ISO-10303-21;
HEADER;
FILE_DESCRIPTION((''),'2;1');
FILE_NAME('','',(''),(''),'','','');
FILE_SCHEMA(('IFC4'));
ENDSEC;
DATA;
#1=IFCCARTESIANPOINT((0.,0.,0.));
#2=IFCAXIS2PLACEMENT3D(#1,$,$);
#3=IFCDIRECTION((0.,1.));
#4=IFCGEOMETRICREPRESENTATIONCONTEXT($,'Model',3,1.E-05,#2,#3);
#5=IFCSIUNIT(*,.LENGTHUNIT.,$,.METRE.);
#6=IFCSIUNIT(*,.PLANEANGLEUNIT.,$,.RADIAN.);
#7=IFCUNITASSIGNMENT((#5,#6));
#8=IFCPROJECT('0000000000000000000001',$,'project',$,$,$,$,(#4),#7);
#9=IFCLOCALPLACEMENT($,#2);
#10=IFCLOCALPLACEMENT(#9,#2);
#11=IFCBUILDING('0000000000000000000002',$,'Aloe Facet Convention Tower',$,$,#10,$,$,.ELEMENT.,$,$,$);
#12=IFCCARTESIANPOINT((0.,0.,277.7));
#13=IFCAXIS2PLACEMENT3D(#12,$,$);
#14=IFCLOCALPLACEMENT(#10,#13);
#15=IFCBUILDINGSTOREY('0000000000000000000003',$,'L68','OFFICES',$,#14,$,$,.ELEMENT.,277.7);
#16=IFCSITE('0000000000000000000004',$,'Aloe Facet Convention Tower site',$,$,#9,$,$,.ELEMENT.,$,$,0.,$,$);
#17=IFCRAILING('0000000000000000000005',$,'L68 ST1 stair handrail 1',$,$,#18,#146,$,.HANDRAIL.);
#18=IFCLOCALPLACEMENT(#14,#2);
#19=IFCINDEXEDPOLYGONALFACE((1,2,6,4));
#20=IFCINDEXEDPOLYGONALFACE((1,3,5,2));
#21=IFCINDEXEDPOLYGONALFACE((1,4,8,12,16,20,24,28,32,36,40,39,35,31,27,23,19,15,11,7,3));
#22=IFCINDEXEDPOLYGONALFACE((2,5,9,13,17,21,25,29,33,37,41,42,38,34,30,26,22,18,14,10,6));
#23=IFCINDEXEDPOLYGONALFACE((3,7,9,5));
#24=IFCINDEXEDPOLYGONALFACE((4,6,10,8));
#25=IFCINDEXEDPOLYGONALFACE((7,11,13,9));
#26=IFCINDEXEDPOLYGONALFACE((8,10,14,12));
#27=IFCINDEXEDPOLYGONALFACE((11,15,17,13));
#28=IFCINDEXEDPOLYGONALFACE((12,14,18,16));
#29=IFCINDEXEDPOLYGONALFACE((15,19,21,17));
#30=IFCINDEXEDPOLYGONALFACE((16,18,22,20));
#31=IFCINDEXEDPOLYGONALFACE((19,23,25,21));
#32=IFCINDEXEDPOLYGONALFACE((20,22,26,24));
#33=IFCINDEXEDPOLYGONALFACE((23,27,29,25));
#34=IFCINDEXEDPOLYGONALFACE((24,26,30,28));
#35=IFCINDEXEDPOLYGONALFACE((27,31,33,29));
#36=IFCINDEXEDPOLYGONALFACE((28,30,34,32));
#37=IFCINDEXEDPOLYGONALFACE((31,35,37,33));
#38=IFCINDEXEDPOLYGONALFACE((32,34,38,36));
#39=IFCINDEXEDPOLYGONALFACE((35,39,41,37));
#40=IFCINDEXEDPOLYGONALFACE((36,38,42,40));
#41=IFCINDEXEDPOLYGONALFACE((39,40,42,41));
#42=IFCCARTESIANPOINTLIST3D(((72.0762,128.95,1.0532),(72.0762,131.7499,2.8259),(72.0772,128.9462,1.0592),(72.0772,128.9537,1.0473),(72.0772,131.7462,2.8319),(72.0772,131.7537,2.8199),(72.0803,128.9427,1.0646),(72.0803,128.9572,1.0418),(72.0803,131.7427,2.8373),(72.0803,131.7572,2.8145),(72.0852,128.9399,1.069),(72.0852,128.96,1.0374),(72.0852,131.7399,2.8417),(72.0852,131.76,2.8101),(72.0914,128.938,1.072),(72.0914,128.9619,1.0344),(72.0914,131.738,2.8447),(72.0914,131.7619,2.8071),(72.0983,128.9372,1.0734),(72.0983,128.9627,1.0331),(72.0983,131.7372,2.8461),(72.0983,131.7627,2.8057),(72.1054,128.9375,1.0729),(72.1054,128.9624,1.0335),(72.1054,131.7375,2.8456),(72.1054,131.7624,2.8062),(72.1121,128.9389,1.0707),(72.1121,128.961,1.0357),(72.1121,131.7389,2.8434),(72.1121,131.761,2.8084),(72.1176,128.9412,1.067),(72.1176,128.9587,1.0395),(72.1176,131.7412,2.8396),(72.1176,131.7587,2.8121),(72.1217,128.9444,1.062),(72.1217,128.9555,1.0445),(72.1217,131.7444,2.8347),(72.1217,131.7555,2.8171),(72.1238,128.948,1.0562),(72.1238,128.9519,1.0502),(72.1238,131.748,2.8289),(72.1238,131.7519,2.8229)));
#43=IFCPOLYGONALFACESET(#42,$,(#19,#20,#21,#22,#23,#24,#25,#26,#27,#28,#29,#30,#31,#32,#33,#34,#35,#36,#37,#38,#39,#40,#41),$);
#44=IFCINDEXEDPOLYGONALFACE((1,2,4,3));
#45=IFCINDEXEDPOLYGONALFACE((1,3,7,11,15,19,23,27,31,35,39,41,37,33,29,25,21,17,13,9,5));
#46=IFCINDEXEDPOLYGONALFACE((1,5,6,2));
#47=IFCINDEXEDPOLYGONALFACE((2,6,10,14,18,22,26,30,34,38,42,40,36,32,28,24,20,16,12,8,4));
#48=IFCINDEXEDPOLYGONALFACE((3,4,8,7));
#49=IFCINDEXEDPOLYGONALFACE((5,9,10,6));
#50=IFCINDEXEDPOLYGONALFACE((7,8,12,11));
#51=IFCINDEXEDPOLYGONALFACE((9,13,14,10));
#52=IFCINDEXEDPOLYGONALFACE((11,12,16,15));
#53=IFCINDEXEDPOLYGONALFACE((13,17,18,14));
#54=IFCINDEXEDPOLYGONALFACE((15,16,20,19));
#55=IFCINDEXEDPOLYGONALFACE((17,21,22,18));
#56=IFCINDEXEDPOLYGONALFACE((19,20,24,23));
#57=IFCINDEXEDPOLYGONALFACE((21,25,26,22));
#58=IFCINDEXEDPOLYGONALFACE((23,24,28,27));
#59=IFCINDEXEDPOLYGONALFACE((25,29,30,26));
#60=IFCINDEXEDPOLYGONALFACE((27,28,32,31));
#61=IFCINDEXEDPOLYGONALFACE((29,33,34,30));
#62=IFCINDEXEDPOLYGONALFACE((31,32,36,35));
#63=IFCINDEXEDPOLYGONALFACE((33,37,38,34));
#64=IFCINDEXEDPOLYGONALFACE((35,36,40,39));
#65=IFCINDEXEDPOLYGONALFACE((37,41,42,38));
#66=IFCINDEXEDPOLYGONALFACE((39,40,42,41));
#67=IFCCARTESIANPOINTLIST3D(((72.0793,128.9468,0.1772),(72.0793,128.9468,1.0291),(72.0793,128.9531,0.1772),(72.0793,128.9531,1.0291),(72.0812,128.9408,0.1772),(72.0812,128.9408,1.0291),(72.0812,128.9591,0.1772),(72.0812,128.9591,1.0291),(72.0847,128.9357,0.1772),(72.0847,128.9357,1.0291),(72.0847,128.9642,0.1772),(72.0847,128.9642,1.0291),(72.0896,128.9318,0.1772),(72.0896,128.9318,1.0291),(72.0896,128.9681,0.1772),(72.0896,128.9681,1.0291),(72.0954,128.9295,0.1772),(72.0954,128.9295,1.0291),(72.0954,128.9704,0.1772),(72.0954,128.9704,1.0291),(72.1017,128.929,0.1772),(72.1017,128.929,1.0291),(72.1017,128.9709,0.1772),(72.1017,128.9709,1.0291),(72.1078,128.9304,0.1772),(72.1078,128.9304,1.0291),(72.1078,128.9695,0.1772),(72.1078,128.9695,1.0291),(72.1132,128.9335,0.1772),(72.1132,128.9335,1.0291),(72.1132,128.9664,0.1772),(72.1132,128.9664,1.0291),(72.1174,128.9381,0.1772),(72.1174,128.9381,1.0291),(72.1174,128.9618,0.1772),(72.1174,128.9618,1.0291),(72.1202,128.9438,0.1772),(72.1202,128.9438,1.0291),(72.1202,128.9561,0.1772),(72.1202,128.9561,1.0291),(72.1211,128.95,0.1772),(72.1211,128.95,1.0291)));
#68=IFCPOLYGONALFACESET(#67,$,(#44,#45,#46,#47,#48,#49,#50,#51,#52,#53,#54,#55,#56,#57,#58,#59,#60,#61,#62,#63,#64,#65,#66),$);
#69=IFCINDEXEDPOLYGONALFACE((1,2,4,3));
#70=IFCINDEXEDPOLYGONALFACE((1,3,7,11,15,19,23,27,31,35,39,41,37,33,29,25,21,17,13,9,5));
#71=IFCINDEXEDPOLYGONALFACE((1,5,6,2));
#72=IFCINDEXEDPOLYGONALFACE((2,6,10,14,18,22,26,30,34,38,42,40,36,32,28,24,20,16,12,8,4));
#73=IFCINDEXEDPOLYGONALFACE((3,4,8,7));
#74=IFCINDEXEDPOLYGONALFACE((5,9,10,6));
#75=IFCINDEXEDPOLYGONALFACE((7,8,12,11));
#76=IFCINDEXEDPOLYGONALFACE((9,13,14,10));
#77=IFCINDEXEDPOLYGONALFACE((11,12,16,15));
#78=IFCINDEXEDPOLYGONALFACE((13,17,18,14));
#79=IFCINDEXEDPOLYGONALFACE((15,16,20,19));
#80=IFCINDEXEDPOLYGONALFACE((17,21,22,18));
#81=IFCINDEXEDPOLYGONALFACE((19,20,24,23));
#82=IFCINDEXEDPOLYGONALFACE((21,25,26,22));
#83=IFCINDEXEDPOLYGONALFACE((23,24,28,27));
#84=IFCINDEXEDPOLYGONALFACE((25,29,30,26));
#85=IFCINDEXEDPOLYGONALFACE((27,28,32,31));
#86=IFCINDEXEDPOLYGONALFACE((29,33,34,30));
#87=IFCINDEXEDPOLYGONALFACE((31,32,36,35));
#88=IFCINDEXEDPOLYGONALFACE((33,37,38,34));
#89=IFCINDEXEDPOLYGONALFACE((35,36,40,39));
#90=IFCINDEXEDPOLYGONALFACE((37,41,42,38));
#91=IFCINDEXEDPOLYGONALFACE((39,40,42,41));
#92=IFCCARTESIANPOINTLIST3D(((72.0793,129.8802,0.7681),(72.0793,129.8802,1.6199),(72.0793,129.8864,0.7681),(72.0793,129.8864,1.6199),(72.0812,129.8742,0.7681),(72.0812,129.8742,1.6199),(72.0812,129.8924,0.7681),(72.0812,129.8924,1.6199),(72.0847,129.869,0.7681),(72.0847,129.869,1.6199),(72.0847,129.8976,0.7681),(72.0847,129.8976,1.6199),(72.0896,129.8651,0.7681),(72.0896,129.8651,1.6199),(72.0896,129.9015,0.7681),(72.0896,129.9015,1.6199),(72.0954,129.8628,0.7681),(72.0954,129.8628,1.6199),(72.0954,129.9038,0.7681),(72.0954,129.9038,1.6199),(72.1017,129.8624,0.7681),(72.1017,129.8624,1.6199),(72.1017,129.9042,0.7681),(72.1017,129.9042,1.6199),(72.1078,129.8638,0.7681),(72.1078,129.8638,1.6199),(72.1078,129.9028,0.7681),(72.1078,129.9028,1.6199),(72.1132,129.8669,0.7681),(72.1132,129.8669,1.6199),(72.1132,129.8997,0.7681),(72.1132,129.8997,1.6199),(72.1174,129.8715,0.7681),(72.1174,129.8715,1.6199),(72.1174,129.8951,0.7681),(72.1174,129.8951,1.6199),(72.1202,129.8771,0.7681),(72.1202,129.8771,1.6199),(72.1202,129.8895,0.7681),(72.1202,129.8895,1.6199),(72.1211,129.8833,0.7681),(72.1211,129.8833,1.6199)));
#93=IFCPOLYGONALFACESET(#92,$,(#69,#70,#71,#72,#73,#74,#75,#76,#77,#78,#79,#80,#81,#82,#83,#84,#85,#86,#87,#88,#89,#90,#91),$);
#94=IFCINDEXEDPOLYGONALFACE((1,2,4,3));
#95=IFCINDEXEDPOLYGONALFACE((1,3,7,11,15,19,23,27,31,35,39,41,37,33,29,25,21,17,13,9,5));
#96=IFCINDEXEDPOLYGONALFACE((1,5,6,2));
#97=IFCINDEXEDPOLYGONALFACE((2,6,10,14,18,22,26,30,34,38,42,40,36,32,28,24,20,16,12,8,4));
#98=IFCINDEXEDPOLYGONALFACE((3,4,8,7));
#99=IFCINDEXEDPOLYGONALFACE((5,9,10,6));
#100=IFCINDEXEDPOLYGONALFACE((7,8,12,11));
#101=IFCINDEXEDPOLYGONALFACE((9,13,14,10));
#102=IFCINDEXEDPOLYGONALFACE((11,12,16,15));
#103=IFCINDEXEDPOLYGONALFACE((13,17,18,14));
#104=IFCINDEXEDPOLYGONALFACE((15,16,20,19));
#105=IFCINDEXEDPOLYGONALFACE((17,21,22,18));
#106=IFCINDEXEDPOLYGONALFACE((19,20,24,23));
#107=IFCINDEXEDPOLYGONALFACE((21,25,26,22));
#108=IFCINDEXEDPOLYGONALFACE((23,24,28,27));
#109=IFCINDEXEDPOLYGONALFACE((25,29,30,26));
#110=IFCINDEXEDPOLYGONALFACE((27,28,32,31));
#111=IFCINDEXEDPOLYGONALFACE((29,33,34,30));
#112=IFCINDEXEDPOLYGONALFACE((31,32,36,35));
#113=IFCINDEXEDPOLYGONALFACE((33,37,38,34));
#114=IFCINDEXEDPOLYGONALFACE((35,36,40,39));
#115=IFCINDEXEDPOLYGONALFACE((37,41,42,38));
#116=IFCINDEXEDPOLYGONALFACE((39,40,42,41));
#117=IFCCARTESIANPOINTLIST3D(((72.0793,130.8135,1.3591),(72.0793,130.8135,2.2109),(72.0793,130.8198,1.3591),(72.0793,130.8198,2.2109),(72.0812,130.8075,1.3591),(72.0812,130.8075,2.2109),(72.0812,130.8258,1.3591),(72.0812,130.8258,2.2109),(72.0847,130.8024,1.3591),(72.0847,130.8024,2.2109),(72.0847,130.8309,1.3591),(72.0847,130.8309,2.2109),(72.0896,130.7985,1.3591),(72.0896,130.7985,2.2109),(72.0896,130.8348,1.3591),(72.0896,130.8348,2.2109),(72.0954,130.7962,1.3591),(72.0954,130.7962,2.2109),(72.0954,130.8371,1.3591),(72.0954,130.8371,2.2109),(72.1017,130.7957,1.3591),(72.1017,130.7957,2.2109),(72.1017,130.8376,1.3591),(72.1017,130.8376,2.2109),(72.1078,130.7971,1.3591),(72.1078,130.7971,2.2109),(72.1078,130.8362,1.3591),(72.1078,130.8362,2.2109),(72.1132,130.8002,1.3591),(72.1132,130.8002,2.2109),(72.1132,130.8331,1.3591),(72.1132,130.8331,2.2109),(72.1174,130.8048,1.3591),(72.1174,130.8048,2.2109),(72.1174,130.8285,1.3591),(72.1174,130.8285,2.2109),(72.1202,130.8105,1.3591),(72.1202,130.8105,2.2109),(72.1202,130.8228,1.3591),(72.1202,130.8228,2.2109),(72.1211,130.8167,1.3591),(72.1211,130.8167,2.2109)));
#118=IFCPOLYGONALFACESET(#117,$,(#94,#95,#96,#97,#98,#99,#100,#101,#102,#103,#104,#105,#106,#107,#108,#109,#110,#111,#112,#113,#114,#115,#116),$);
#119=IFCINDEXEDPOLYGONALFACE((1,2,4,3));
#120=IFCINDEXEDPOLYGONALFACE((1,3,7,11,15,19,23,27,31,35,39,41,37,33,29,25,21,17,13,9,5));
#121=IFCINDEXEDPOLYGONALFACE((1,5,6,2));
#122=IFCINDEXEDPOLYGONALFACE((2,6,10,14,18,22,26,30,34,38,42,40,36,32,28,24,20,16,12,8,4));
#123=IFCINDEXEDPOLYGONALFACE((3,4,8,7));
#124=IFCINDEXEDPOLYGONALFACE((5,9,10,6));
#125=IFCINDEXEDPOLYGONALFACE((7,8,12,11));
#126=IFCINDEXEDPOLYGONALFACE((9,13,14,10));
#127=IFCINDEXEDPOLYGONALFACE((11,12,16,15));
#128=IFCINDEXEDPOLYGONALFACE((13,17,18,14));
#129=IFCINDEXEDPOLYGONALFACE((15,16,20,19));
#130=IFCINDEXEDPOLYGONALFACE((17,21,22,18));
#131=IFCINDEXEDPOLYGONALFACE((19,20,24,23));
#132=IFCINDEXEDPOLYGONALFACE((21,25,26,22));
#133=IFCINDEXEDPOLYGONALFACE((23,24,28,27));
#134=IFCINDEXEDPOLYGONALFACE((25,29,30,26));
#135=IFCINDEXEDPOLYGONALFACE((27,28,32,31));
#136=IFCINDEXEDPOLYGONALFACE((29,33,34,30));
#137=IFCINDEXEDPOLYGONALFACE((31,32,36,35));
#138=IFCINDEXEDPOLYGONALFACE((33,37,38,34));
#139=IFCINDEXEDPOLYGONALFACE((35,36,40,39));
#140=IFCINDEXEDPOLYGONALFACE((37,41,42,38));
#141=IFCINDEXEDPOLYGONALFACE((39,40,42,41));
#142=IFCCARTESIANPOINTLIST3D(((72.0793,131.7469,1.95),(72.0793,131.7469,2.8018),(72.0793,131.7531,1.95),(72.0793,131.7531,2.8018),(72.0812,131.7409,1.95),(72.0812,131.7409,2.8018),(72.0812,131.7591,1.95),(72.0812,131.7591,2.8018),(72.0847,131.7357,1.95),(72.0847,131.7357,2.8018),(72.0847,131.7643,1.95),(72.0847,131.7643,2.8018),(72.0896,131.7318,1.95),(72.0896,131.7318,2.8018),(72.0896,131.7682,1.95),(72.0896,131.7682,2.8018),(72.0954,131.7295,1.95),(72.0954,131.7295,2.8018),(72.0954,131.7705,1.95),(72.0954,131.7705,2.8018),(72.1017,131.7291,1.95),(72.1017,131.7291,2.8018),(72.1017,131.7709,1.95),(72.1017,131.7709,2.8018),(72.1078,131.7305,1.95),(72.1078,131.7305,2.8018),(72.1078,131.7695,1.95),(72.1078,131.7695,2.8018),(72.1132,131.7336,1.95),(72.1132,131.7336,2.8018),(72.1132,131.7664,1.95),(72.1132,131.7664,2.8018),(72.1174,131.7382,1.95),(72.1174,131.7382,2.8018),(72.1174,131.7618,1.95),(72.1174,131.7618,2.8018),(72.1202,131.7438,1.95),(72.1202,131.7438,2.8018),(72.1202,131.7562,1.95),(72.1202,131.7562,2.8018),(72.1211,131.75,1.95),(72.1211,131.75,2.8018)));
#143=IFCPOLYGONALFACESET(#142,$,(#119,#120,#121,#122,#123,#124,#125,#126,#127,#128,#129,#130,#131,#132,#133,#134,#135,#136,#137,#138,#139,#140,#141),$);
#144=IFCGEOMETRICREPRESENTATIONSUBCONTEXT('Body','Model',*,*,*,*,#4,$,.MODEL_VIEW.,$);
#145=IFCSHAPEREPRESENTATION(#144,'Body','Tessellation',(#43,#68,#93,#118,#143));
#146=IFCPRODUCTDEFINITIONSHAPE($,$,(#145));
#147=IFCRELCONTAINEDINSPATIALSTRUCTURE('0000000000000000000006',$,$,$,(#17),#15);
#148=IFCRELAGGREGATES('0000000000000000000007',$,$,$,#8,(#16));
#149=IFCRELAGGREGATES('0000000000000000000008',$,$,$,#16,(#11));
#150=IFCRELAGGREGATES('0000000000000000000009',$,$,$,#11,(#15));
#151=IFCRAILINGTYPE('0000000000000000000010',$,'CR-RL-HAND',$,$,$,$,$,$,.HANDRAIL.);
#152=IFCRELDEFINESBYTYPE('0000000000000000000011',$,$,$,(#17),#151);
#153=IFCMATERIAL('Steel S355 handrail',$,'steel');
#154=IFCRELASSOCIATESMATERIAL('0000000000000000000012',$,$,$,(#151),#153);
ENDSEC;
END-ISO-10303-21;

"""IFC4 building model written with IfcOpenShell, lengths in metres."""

from ifc_helpers import new_model, si_unit, direction, frame, origin, origin_2d, place, context, subcontext, project, spatial, circle, extrude, material, type_object, element, save


model = new_model("IFC4")

# Units and contexts
model_context = context("Model", 3, precision=1e-05, world=origin(), true_north=direction((0.0, 1.0)))
body_context = subcontext(model_context, "Body", "Model", "MODEL_VIEW")
ifc_project = project(units=[si_unit("LENGTHUNIT", "METRE"), si_unit("PLANEANGLEUNIT", "RADIAN")], contexts=[model_context])

# Site, building, storey
site_placement = place(None, origin())
site = spatial("IfcSite", under=ifc_project, at=site_placement, Name="Aloe Facet Convention Tower site", CompositionType="ELEMENT", RefElevation=0.0)
building_placement = place(site_placement, origin())
building = spatial("IfcBuilding", under=site, at=building_placement, Name="Aloe Facet Convention Tower", CompositionType="ELEMENT")
storey_placement = place(building_placement, frame((0.0, 0.0, 277.7)))
storey = spatial("IfcBuildingStorey", under=building, at=storey_placement, Name="L68", Description="OFFICES", CompositionType="ELEMENT", Elevation=277.7)

# Railing
ifc_material_1 = material(Name="Steel S355 handrail", Category="steel")
railing_type_1 = type_object("IfcRailingType", Name="CR-RL-HAND", PredefinedType="HANDRAIL", material=ifc_material_1)
railing_1_placement = place(storey_placement, frame((72.1001, 128.95, 0.1772)))
element("IfcRailing", 1, at=railing_1_placement, inside=storey, type_object=railing_type_1, Name="L68 ST1 stair handrail 1", PredefinedType="HANDRAIL", context=body_context, shape_type="SweptSolid", body=[
    extrude(circle(Radius=0.0239, at=origin_2d()), frame((0.0, 0.0, 0.876), z_axis=(0.0, 0.844909, 0.53491), x_axis=(-1.0, 0.0, 0.0)), (0.0, 0.0, 1.0), 3.314),
    extrude(circle(Radius=0.021, at=origin_2d()), origin(), (0.0, 0.0, 1.0), 0.8518),
    extrude(circle(Radius=0.021, at=origin_2d()), frame((0.0, 0.9333, 0.5908)), (0.0, 0.0, 1.0), 0.8518),
    extrude(circle(Radius=0.021, at=origin_2d()), frame((0.0, 1.8667, 1.1819)), (0.0, 0.0, 1.0), 0.8518),
    extrude(circle(Radius=0.021, at=origin_2d()), frame((0.0, 2.8, 1.7727)), (0.0, 0.0, 1.0), 0.8518),
])

save(model, "model.ifc")
